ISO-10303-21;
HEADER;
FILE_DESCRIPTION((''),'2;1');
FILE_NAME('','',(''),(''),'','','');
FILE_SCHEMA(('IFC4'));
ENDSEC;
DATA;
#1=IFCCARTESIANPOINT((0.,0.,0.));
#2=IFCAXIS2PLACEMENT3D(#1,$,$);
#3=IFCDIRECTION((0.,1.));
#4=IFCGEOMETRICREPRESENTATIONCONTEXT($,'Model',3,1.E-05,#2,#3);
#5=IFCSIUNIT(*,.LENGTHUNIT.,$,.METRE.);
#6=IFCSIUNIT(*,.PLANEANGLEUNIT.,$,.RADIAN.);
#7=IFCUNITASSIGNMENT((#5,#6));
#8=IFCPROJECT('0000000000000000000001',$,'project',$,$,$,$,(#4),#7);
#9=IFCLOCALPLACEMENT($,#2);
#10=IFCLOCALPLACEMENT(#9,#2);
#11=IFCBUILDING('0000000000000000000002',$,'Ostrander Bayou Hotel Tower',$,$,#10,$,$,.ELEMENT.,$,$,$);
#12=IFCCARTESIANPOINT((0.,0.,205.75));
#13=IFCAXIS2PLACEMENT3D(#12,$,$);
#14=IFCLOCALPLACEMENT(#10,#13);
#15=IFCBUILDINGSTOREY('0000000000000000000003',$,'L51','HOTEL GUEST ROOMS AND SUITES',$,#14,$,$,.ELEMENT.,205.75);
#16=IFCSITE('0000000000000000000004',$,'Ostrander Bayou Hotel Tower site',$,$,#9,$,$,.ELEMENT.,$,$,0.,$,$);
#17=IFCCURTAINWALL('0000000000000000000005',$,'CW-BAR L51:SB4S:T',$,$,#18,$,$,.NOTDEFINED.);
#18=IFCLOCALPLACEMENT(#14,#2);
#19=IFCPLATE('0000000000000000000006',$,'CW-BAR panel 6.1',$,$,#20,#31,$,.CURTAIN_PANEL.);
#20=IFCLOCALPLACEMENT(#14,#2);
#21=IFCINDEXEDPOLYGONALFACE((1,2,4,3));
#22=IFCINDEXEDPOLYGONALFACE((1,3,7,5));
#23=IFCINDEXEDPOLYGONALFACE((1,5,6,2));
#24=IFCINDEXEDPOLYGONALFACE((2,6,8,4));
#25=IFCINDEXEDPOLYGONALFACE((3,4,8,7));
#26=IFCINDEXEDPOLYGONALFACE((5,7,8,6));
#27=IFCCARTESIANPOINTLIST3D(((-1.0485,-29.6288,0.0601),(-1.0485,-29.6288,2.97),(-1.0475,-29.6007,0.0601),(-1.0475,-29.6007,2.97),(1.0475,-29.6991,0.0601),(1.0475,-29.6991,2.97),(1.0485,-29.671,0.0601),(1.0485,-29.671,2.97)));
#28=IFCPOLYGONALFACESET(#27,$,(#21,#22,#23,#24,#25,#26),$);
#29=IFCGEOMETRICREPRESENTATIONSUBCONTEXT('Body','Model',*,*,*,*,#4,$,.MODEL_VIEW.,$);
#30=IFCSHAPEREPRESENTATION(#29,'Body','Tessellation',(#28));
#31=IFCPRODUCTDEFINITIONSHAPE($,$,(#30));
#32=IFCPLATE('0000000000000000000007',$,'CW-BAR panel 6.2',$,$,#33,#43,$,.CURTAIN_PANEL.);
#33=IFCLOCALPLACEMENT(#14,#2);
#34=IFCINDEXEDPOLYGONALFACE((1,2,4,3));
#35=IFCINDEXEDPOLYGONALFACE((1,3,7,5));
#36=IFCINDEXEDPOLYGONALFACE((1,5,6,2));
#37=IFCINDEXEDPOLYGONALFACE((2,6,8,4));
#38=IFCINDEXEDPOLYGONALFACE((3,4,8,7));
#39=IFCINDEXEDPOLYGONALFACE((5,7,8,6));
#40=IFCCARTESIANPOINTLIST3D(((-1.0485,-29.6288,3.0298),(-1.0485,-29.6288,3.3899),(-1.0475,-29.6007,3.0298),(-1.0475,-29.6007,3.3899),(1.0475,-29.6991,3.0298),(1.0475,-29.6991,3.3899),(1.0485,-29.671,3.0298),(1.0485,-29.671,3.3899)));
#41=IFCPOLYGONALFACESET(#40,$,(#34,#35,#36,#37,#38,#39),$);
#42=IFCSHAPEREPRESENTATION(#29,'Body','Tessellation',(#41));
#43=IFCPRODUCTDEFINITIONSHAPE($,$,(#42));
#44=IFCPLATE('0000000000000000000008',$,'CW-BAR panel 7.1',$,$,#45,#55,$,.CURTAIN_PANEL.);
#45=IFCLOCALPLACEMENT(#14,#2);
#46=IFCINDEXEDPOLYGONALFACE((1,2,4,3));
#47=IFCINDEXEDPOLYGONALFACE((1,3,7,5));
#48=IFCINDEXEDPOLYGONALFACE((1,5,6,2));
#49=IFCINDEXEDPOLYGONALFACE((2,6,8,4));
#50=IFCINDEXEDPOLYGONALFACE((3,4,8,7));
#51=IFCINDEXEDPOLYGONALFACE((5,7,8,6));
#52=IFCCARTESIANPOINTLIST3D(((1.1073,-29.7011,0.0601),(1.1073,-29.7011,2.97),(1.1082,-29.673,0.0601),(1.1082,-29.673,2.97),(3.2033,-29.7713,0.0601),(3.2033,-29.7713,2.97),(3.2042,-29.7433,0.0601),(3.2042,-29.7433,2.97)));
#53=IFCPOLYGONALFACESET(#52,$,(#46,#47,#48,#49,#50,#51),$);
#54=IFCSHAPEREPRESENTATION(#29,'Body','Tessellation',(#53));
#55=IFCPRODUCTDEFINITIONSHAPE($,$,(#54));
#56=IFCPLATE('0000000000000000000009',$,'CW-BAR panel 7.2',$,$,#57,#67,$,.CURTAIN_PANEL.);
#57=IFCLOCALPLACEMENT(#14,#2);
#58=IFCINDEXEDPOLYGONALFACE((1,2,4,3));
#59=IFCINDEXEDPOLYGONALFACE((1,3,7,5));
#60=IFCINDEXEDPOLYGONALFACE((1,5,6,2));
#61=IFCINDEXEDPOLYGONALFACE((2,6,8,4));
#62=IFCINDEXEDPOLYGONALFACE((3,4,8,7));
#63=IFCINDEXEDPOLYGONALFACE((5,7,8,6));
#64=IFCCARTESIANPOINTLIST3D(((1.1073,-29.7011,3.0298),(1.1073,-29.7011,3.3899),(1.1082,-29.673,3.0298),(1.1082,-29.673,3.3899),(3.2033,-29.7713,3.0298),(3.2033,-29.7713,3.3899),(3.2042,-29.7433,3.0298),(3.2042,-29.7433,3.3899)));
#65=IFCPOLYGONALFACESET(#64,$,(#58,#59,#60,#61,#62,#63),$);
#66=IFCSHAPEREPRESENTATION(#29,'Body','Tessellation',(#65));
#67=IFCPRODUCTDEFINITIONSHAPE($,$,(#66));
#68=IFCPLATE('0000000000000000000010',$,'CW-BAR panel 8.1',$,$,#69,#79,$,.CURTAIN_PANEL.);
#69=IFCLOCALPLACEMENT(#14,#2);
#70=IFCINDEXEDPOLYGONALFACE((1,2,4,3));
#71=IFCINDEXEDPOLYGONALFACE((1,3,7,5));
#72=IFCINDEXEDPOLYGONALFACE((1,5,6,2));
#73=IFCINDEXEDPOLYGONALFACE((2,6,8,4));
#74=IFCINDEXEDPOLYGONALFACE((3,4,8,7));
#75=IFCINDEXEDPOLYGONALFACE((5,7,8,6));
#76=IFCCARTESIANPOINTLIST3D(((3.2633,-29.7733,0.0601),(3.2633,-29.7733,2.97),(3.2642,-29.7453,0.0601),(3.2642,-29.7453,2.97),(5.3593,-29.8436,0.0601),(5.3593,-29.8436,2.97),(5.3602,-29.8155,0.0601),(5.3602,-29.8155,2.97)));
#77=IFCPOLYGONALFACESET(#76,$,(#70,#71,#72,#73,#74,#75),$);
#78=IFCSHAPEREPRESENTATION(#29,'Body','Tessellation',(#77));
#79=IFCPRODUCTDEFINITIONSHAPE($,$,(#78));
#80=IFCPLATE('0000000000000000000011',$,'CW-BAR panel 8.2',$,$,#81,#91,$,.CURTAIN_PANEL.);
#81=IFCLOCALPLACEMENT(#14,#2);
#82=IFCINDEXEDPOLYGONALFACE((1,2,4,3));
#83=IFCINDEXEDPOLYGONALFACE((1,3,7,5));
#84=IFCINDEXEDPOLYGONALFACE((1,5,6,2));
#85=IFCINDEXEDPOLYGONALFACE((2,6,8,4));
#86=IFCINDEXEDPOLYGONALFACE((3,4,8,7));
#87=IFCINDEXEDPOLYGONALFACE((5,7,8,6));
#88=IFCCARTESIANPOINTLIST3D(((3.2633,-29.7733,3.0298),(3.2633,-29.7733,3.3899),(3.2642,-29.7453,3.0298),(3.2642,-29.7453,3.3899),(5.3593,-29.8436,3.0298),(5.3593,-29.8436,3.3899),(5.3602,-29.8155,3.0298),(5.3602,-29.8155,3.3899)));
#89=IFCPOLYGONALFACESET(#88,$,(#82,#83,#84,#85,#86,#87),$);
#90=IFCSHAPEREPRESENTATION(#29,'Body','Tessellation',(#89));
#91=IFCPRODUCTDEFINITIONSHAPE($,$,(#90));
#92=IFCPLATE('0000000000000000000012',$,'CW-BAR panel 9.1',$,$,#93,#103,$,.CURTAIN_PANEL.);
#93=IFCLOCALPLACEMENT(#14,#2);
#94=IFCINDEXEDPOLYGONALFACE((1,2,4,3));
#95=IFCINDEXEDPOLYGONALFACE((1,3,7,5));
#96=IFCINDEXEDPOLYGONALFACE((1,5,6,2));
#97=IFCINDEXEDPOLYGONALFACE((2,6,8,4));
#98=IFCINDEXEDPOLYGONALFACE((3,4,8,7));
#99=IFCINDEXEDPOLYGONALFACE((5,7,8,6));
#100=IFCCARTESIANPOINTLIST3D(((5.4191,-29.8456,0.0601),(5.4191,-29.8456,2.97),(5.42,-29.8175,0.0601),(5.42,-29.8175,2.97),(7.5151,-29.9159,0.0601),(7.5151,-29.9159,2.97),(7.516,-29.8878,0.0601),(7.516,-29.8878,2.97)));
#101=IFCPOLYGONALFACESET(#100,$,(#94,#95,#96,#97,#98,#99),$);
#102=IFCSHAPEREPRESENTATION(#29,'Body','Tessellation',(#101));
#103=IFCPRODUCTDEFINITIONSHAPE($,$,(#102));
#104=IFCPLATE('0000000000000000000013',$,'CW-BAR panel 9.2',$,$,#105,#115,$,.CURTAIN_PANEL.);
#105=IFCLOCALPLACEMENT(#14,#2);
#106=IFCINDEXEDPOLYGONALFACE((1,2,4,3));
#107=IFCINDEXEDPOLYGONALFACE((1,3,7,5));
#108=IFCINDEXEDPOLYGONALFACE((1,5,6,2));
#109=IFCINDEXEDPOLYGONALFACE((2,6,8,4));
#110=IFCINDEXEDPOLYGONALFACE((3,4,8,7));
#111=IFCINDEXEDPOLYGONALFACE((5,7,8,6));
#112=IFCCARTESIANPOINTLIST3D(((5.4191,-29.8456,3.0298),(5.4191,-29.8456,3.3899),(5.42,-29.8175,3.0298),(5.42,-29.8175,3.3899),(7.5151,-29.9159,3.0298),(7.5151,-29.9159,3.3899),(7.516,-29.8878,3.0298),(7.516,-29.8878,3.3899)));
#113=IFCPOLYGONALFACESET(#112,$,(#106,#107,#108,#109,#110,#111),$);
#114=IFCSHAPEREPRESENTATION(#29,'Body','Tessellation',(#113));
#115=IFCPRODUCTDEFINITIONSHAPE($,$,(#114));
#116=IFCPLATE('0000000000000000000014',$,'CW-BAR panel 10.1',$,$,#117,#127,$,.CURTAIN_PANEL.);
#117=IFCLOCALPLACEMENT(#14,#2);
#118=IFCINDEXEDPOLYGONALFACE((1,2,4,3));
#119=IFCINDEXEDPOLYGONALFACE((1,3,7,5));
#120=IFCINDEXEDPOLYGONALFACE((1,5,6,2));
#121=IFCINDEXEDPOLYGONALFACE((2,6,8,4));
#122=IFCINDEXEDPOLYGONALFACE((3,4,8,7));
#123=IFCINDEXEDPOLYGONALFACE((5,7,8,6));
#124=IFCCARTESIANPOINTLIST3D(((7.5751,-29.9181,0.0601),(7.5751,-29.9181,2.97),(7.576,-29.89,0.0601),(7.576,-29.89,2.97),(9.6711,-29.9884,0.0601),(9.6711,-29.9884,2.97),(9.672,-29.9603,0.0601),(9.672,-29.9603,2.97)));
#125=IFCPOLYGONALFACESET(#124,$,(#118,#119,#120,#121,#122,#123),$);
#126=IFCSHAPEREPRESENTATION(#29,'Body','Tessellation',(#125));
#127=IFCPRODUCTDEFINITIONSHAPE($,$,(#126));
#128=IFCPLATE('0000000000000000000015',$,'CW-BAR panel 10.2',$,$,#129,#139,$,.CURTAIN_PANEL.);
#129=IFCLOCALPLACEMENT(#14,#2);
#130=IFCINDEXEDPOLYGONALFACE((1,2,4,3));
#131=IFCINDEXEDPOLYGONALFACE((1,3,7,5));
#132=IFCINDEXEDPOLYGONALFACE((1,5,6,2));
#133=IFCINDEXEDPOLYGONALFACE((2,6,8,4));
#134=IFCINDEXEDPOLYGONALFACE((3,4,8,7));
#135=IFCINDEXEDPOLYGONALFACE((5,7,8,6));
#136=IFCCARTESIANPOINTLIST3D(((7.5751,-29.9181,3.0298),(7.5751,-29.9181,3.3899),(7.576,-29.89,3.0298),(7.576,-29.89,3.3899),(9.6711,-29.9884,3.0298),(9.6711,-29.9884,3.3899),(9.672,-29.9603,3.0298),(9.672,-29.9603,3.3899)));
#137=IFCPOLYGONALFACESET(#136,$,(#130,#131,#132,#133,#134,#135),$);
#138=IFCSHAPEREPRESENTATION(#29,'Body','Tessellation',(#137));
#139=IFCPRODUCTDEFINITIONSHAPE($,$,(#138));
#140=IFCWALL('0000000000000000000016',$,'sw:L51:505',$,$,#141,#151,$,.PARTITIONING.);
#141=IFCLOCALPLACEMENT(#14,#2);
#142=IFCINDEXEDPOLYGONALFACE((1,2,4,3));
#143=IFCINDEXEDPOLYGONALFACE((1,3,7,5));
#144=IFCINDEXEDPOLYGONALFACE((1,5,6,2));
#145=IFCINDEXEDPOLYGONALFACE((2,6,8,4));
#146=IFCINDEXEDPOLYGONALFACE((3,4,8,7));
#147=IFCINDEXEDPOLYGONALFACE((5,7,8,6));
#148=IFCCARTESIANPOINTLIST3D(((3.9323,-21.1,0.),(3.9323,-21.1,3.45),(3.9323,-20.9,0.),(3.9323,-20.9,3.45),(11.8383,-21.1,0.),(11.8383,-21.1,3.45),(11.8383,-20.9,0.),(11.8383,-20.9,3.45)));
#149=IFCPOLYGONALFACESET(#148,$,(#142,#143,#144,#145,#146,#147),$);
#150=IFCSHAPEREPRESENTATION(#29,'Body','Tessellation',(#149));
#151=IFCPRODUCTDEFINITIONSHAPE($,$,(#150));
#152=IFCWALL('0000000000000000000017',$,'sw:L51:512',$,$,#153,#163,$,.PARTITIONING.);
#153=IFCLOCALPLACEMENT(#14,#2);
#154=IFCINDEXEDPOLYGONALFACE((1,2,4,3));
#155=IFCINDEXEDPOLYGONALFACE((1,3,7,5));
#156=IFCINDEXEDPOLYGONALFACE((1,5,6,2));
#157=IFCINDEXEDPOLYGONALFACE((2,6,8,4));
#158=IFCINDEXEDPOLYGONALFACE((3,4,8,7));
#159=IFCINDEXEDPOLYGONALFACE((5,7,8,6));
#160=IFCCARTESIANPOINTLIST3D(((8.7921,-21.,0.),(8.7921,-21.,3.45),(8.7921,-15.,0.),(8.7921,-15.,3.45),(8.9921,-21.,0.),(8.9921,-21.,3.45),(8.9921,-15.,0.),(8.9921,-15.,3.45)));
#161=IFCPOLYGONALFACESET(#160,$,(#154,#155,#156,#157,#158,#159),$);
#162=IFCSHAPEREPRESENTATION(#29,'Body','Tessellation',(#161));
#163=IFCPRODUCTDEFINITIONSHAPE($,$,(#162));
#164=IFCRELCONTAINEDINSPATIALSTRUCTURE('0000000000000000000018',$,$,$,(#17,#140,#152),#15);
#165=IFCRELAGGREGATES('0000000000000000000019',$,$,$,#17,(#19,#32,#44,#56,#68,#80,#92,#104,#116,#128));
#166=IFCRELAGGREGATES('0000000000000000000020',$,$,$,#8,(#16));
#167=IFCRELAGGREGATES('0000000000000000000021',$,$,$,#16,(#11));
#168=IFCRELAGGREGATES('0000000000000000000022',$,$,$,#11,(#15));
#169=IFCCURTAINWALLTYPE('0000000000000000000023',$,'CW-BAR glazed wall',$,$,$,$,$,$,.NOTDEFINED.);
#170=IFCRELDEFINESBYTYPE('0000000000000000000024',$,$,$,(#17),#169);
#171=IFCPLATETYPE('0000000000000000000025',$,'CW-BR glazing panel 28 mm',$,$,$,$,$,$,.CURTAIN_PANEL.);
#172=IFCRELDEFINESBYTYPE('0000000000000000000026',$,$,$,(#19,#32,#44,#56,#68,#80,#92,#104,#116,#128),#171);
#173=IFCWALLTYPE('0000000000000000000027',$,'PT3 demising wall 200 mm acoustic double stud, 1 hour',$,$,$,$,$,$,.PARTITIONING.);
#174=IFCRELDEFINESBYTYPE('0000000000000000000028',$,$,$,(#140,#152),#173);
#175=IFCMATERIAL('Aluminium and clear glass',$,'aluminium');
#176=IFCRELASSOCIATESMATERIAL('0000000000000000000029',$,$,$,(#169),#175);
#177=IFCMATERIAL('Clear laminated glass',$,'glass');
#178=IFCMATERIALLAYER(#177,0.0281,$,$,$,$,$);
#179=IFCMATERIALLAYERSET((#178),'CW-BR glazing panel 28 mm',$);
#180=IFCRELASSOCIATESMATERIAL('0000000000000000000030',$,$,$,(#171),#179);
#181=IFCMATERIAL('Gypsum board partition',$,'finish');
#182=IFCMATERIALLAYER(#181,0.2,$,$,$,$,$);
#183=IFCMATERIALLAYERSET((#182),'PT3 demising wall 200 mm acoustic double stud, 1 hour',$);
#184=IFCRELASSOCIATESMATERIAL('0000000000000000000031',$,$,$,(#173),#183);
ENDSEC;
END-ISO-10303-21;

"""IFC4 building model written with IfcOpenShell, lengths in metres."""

from ifc_helpers import new_model, si_unit, direction, frame, frame_2d, origin, origin_2d, place, context, subcontext, project, spatial, rectangle, extrude, material, layer, layer_set, type_object, element, aggregate, save


model = new_model("IFC4")

# Units and contexts
model_context = context("Model", 3, precision=1e-05, world=origin(), true_north=direction((0.0, 1.0)))
body_context = subcontext(model_context, "Body", "Model", "MODEL_VIEW")
ifc_project = project(units=[si_unit("LENGTHUNIT", "METRE"), si_unit("PLANEANGLEUNIT", "RADIAN")], contexts=[model_context])

# Site, building, storey
site_placement = place(None, origin())
site = spatial("IfcSite", under=ifc_project, at=site_placement, Name="Ostrander Bayou Hotel Tower site", CompositionType="ELEMENT", RefElevation=0.0)
building_placement = place(site_placement, origin())
building = spatial("IfcBuilding", under=site, at=building_placement, Name="Ostrander Bayou Hotel Tower", CompositionType="ELEMENT")
storey_placement = place(building_placement, frame((0.0, 0.0, 205.75)))
storey = spatial("IfcBuildingStorey", under=building, at=storey_placement, Name="L51", Description="HOTEL GUEST ROOMS AND SUITES", CompositionType="ELEMENT", Elevation=205.75)

# Curtain wall, plates
ifc_material_1 = material(Name="Aluminium and clear glass", Category="aluminium")
curtain_wall_type = type_object("IfcCurtainWallType", Name="CW-BAR glazed wall", PredefinedType="NOTDEFINED", material=ifc_material_1)
curtain_wall_placement = place(storey_placement, origin())
curtain_wall = element("IfcCurtainWall", 1, at=curtain_wall_placement, inside=storey, type_object=curtain_wall_type, Name="CW-BAR L51:SB4S:T", PredefinedType="NOTDEFINED")
ifc_material_2 = material(Name="Clear laminated glass", Category="glass")
ifc_layer_1 = layer(ifc_material_2, 0.0281)
ifc_layer_set_1 = layer_set([ifc_layer_1], Name="CW-BR glazing panel 28 mm")
plate_type = type_object("IfcPlateType", Name="CW-BR glazing panel 28 mm", PredefinedType="CURTAIN_PANEL", material=ifc_layer_set_1)
plate_1_placement = place(storey_placement, frame((0.0, -29.6499, 0.0601), z_axis=(0.0, 0.0, 1.0), x_axis=(0.999439, -0.033505, 0.0)))
plate_1 = element("IfcPlate", 2, at=plate_1_placement, type_object=plate_type, Name="CW-BAR panel 6.1", PredefinedType="CURTAIN_PANEL", context=body_context, shape_type="SweptSolid", body=[
    extrude(rectangle(XDim=2.0972, YDim=0.0281, at=origin_2d()), origin(), (0.0, 0.0, 1.0), 2.9099),
])
plate_2_placement = place(storey_placement, frame((0.0, -29.6499, 3.0298), z_axis=(0.0, 0.0, 1.0), x_axis=(0.999439, -0.033505, 0.0)))
plate_2 = element("IfcPlate", 3, at=plate_2_placement, type_object=plate_type, Name="CW-BAR panel 6.2", PredefinedType="CURTAIN_PANEL", context=body_context, shape_type="SweptSolid", body=[
    extrude(rectangle(XDim=2.0972, YDim=0.0281, at=origin_2d()), origin(), (0.0, 0.0, 1.0), 0.3601),
])
plate_3_placement = place(storey_placement, frame((2.1558, -29.7222, 0.0601), z_axis=(0.0, 0.0, 1.0), x_axis=(0.999439, -0.033505, 0.0)))
plate_3 = element("IfcPlate", 4, at=plate_3_placement, type_object=plate_type, Name="CW-BAR panel 7.1", PredefinedType="CURTAIN_PANEL", context=body_context, shape_type="SweptSolid", body=[
    extrude(rectangle(XDim=2.0972, YDim=0.0281, at=origin_2d()), origin(), (0.0, 0.0, 1.0), 2.9099),
])
plate_4_placement = place(storey_placement, frame((2.1558, -29.7222, 3.0298), z_axis=(0.0, 0.0, 1.0), x_axis=(0.999439, -0.033505, 0.0)))
plate_4 = element("IfcPlate", 5, at=plate_4_placement, type_object=plate_type, Name="CW-BAR panel 7.2", PredefinedType="CURTAIN_PANEL", context=body_context, shape_type="SweptSolid", body=[
    extrude(rectangle(XDim=2.0972, YDim=0.0281, at=origin_2d()), origin(), (0.0, 0.0, 1.0), 0.3601),
])
plate_5_placement = place(storey_placement, frame((4.3118, -29.7944, 0.0601), z_axis=(0.0, 0.0, 1.0), x_axis=(0.999439, -0.033505, 0.0)))
plate_5 = element("IfcPlate", 6, at=plate_5_placement, type_object=plate_type, Name="CW-BAR panel 8.1", PredefinedType="CURTAIN_PANEL", context=body_context, shape_type="SweptSolid", body=[
    extrude(rectangle(XDim=2.0972, YDim=0.0281, at=origin_2d()), origin(), (0.0, 0.0, 1.0), 2.9099),
])
plate_6_placement = place(storey_placement, frame((4.3118, -29.7944, 3.0298), z_axis=(0.0, 0.0, 1.0), x_axis=(0.999439, -0.033505, 0.0)))
plate_6 = element("IfcPlate", 7, at=plate_6_placement, type_object=plate_type, Name="CW-BAR panel 8.2", PredefinedType="CURTAIN_PANEL", context=body_context, shape_type="SweptSolid", body=[
    extrude(rectangle(XDim=2.0972, YDim=0.0281, at=origin_2d()), origin(), (0.0, 0.0, 1.0), 0.3601),
])
plate_7_placement = place(storey_placement, frame((6.4675, -29.8667, 0.0601), z_axis=(0.0, 0.0, 1.0), x_axis=(0.999439, -0.033505, 0.0)))
plate_7 = element("IfcPlate", 8, at=plate_7_placement, type_object=plate_type, Name="CW-BAR panel 9.1", PredefinedType="CURTAIN_PANEL", context=body_context, shape_type="SweptSolid", body=[
    extrude(rectangle(XDim=2.0972, YDim=0.0281, at=origin_2d()), origin(), (0.0, 0.0, 1.0), 2.9099),
])
plate_8_placement = place(storey_placement, frame((6.4675, -29.8667, 3.0298), z_axis=(0.0, 0.0, 1.0), x_axis=(0.999439, -0.033505, 0.0)))
plate_8 = element("IfcPlate", 9, at=plate_8_placement, type_object=plate_type, Name="CW-BAR panel 9.2", PredefinedType="CURTAIN_PANEL", context=body_context, shape_type="SweptSolid", body=[
    extrude(rectangle(XDim=2.0972, YDim=0.0281, at=origin_2d()), origin(), (0.0, 0.0, 1.0), 0.3601),
])
plate_9_placement = place(storey_placement, frame((8.6235, -29.9392, 0.0601), z_axis=(0.0, 0.0, 1.0), x_axis=(0.999439, -0.033505, 0.0)))
plate_9 = element("IfcPlate", 10, at=plate_9_placement, type_object=plate_type, Name="CW-BAR panel 10.1", PredefinedType="CURTAIN_PANEL", context=body_context, shape_type="SweptSolid", body=[
    extrude(rectangle(XDim=2.0972, YDim=0.0281, at=origin_2d()), origin(), (0.0, 0.0, 1.0), 2.9099),
])
plate_10_placement = place(storey_placement, frame((8.6235, -29.9392, 3.0298), z_axis=(0.0, 0.0, 1.0), x_axis=(0.999439, -0.033505, 0.0)))
plate_10 = element("IfcPlate", 11, at=plate_10_placement, type_object=plate_type, Name="CW-BAR panel 10.2", PredefinedType="CURTAIN_PANEL", context=body_context, shape_type="SweptSolid", body=[
    extrude(rectangle(XDim=2.0972, YDim=0.0281, at=origin_2d()), origin(), (0.0, 0.0, 1.0), 0.3601),
])
aggregate(curtain_wall, [plate_1, plate_2, plate_3, plate_4, plate_5, plate_6, plate_7, plate_8, plate_9, plate_10])

# Wall
ifc_material_3 = material(Name="Gypsum board partition", Category="finish")
ifc_layer_2 = layer(ifc_material_3, 0.2)
ifc_layer_set_2 = layer_set([ifc_layer_2], Name="PT3 demising wall 200 mm acoustic double stud, 1 hour")
wall_type = type_object("IfcWallType", Name="PT3 demising wall 200 mm acoustic double stud, 1 hour", PredefinedType="PARTITIONING", material=ifc_layer_set_2)
wall_1_placement = place(storey_placement, frame((3.9321, -21.0, 0.0), z_axis=(0.0, 0.0, 1.0), x_axis=(1.0, 0.0, 0.0)))
element("IfcWall", 12, at=wall_1_placement, inside=storey, type_object=wall_type, Name="sw:L51:505", PredefinedType="PARTITIONING", context=body_context, shape_type="SweptSolid", body=[
    extrude(rectangle(XDim=7.906, YDim=0.2, at=frame_2d((3.9531, 0.0))), origin(), (0.0, 0.0, 1.0), 3.45),
])

# Wall
wall_2_placement = place(storey_placement, frame((8.8921, -21.0, 0.0), z_axis=(0.0, 0.0, 1.0), x_axis=(0.0, 1.0, 0.0)))
element("IfcWall", 13, at=wall_2_placement, inside=storey, type_object=wall_type, Name="sw:L51:512", PredefinedType="PARTITIONING", context=body_context, shape_type="SweptSolid", body=[
    extrude(rectangle(XDim=6.0, YDim=0.2, at=frame_2d((3.0, 0.0))), origin(), (0.0, 0.0, 1.0), 3.45),
])

save(model, "model.ifc")
